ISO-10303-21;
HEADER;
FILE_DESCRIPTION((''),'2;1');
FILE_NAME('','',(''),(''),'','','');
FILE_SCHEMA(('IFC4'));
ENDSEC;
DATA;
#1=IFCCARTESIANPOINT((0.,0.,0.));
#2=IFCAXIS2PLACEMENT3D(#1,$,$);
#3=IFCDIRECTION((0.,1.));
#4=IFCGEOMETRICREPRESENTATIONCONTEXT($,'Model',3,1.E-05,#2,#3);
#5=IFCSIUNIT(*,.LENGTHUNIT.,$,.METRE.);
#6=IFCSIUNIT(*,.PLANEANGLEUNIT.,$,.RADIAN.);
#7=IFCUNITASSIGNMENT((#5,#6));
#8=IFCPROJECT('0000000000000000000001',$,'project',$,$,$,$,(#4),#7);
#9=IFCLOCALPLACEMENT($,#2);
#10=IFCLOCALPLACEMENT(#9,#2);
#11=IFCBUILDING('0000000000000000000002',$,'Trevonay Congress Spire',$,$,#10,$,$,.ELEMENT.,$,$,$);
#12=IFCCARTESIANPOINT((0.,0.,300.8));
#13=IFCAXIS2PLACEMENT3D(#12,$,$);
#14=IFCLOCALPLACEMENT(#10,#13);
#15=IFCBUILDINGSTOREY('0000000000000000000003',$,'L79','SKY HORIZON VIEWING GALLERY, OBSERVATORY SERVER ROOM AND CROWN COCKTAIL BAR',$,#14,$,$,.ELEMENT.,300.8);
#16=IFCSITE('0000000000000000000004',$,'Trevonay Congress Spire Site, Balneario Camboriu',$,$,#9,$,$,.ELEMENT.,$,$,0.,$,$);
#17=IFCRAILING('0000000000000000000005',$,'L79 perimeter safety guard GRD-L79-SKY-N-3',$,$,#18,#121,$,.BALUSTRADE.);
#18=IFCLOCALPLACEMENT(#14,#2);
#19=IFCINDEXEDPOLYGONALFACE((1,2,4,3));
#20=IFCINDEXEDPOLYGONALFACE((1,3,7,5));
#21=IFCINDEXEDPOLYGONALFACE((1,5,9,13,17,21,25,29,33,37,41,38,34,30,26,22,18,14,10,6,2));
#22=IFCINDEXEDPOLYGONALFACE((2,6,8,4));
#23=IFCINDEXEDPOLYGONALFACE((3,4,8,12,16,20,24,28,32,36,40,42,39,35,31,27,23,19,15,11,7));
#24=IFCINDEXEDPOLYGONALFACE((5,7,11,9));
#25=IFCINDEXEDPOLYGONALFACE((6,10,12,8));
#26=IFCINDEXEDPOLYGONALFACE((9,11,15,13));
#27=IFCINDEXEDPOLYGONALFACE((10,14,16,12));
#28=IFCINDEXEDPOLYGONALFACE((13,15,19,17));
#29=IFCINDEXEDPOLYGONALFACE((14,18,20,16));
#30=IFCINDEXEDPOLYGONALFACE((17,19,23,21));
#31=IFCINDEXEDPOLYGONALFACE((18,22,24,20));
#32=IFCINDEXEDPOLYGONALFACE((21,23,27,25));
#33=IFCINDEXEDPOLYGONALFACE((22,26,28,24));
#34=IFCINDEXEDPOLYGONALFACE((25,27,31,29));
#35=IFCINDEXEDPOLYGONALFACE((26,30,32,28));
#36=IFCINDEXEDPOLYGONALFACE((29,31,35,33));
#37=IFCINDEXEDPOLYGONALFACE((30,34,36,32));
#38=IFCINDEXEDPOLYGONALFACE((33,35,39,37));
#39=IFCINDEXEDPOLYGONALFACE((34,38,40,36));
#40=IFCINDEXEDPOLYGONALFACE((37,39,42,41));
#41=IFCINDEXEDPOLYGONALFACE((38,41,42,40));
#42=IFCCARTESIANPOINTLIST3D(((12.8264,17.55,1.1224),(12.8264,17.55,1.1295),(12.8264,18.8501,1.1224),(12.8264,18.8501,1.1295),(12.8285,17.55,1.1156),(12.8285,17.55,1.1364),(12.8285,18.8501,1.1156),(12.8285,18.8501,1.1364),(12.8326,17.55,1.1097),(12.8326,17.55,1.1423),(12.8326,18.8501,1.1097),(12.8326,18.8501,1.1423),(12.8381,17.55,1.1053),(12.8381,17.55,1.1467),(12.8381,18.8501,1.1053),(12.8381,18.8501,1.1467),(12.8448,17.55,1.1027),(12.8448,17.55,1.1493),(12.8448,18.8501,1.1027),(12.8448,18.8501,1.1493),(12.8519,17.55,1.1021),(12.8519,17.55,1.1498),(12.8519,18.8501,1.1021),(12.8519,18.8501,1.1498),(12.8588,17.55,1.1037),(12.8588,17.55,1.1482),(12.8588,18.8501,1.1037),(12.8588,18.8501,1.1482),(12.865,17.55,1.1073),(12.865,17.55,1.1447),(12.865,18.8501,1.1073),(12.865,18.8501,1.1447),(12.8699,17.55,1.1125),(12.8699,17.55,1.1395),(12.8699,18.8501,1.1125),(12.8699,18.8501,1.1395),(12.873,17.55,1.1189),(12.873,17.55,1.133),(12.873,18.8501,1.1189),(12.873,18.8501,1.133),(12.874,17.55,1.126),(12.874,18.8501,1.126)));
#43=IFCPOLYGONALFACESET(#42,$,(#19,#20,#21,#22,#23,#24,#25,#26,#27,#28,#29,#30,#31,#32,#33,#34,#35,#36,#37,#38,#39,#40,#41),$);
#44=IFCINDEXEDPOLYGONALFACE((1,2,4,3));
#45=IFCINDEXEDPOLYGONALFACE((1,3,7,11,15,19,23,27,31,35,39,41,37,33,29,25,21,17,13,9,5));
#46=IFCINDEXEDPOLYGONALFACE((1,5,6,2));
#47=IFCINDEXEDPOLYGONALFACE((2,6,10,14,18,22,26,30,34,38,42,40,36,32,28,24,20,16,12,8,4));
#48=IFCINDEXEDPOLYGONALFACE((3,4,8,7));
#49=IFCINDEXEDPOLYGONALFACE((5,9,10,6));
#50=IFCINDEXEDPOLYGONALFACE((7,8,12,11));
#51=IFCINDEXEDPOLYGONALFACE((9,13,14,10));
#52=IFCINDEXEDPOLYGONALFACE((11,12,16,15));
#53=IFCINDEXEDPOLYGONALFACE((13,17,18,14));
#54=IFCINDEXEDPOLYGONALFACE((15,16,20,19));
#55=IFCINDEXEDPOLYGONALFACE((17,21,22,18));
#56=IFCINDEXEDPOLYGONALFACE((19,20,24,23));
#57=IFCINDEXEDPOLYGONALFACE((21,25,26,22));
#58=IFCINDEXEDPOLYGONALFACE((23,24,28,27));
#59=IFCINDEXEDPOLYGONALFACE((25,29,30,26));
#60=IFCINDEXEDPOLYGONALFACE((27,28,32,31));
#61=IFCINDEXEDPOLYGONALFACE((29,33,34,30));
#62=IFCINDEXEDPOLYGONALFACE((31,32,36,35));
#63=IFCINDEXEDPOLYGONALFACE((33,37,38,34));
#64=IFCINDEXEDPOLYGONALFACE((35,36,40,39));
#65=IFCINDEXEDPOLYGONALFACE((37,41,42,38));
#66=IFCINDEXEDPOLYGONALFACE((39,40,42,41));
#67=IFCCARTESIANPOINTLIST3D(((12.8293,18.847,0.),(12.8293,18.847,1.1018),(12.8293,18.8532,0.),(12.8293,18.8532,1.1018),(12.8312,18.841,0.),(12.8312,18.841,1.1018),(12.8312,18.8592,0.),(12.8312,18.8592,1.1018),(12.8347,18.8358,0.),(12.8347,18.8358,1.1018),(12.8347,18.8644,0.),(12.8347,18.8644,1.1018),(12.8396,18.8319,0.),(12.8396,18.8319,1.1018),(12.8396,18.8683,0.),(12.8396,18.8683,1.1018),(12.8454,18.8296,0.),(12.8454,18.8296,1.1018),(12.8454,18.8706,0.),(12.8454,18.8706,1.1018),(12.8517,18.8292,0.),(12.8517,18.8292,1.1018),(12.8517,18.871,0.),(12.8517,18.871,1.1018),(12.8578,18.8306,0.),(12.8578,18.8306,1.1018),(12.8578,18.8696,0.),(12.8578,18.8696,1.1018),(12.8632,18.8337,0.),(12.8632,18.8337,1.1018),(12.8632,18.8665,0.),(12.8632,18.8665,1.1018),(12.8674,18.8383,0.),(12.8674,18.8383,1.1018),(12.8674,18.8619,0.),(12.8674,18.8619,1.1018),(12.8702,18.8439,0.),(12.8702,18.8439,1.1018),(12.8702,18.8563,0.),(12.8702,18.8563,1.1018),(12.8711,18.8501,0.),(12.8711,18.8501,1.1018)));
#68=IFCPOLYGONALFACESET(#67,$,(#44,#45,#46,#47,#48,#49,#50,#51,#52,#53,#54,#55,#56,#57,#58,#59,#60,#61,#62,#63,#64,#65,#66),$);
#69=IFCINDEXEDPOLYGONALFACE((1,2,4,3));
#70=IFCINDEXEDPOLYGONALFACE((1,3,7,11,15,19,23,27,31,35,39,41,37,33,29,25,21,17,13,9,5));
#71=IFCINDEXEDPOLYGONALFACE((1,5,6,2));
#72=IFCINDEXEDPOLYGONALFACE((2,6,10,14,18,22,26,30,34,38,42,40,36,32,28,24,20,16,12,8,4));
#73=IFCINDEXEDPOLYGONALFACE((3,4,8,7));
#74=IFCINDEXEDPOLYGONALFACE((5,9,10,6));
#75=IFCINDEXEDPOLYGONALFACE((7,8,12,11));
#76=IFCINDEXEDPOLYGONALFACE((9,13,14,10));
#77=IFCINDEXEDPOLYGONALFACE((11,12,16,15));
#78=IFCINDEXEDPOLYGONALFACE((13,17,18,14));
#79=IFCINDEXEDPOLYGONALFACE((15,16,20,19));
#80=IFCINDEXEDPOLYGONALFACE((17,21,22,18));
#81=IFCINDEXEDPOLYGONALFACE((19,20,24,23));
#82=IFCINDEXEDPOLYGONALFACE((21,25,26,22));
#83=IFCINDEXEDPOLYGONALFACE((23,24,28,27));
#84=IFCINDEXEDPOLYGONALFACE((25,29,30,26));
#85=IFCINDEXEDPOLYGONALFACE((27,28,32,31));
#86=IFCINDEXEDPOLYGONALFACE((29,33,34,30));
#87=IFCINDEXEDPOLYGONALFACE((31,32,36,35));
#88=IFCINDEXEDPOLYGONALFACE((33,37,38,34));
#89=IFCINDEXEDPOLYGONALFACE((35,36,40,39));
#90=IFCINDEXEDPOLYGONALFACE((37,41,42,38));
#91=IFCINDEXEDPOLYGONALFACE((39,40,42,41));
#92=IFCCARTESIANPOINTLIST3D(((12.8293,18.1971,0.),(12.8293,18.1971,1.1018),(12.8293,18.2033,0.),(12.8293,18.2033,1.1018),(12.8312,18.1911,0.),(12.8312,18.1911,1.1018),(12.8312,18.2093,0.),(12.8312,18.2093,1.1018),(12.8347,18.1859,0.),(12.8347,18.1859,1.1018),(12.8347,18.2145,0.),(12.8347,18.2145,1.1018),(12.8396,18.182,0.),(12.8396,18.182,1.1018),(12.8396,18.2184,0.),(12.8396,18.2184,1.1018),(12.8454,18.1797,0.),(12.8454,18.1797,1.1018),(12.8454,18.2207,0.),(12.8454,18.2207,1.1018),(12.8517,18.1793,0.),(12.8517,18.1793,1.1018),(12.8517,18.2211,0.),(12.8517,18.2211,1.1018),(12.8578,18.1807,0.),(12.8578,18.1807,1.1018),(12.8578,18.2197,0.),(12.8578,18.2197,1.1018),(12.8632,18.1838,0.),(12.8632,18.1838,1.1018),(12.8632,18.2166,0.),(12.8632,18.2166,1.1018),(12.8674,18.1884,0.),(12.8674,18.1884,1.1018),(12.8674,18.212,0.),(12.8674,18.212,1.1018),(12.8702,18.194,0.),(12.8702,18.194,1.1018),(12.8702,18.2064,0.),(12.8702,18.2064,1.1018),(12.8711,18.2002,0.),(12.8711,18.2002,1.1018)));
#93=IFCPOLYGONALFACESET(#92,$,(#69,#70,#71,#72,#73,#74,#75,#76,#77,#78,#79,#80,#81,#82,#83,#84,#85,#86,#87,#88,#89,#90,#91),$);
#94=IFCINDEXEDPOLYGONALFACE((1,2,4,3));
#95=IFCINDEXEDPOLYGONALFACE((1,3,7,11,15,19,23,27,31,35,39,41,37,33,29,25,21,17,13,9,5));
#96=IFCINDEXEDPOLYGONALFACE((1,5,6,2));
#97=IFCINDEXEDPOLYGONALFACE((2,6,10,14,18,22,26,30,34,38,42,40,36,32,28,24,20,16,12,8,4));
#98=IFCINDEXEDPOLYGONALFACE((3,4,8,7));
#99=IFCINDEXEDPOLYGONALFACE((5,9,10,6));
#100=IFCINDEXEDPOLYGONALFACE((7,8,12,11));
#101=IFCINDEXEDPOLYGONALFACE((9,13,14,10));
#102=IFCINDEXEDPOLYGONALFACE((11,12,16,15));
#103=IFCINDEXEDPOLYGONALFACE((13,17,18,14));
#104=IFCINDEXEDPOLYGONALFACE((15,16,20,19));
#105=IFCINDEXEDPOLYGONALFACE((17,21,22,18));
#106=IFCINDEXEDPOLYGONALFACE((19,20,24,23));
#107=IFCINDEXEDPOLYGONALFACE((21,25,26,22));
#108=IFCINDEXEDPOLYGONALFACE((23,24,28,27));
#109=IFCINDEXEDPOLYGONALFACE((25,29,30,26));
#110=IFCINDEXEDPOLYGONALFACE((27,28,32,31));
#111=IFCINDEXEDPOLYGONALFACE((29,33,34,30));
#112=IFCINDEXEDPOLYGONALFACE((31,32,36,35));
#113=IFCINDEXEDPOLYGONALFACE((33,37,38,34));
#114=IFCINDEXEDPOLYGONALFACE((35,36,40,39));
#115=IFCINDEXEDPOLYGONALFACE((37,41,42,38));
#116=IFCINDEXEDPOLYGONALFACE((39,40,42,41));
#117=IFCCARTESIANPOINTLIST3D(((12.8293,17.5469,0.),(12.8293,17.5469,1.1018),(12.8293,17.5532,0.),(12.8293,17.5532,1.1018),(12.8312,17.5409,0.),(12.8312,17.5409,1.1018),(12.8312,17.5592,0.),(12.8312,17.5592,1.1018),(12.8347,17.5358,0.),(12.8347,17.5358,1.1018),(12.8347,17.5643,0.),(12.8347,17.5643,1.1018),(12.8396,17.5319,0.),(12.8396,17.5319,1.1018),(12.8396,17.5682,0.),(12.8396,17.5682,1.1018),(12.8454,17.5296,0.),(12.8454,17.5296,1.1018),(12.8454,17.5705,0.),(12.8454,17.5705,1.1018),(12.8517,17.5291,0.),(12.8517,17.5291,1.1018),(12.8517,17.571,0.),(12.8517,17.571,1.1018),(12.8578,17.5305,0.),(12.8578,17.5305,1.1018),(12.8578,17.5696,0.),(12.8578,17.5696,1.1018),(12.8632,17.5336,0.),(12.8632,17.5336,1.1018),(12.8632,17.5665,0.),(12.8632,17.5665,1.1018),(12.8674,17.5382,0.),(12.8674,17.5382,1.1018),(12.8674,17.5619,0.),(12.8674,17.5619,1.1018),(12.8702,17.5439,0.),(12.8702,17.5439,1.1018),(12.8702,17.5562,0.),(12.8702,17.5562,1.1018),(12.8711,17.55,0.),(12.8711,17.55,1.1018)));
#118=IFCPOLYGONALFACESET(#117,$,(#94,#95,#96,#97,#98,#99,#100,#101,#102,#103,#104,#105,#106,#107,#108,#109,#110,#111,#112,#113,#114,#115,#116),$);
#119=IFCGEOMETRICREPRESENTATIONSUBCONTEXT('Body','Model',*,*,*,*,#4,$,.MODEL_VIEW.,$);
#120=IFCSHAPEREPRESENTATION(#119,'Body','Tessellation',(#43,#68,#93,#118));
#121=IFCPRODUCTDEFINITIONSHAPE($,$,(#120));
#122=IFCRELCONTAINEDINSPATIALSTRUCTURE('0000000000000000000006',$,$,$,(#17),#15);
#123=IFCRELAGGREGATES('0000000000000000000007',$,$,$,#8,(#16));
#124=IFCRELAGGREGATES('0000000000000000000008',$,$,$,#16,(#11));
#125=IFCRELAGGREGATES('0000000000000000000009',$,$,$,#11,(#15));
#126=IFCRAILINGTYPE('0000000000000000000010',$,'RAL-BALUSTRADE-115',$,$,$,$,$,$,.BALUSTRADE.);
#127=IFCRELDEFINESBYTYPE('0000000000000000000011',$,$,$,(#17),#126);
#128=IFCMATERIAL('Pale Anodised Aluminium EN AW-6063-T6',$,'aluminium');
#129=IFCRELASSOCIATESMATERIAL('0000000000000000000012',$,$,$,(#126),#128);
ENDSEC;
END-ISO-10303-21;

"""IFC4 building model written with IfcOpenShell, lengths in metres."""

from ifc_helpers import new_model, si_unit, direction, frame, origin, origin_2d, place, context, subcontext, project, spatial, circle, extrude, material, type_object, element, save


model = new_model("IFC4")

# Units and contexts
model_context = context("Model", 3, precision=1e-05, world=origin(), true_north=direction((0.0, 1.0)))
body_context = subcontext(model_context, "Body", "Model", "MODEL_VIEW")
ifc_project = project(units=[si_unit("LENGTHUNIT", "METRE"), si_unit("PLANEANGLEUNIT", "RADIAN")], contexts=[model_context])

# Site, building, storey
site_placement = place(None, origin())
site = spatial("IfcSite", under=ifc_project, at=site_placement, Name="Trevonay Congress Spire Site, Balneario Camboriu", CompositionType="ELEMENT", RefElevation=0.0)
building_placement = place(site_placement, origin())
building = spatial("IfcBuilding", under=site, at=building_placement, Name="Trevonay Congress Spire", CompositionType="ELEMENT")
storey_placement = place(building_placement, frame((0.0, 0.0, 300.8)))
storey = spatial("IfcBuildingStorey", under=building, at=storey_placement, Name="L79", Description="SKY HORIZON VIEWING GALLERY, OBSERVATORY SERVER ROOM AND CROWN COCKTAIL BAR", CompositionType="ELEMENT", Elevation=300.8)

# Shared definitions
ifc_material_1 = material(Name="Pale Anodised Aluminium EN AW-6063-T6", Category="aluminium")

# Railing
railing_type = type_object("IfcRailingType", Name="RAL-BALUSTRADE-115", PredefinedType="BALUSTRADE", material=ifc_material_1)
railing_placement = place(storey_placement, frame((12.8501, 18.8501, 0.0)))
element("IfcRailing", 1, at=railing_placement, inside=storey, type_object=railing_type, Name="L79 perimeter safety guard GRD-L79-SKY-N-3", PredefinedType="BALUSTRADE", context=body_context, shape_type="SweptSolid", body=[
    extrude(circle(Radius=0.0239, at=origin_2d()), frame((0.0, 0.0, 1.126), z_axis=(0.0, -1.0, 0.0), x_axis=(1.0, 0.0, 0.0)), (0.0, 0.0, 1.0), 1.3),
    extrude(circle(Radius=0.021, at=origin_2d()), origin(), (0.0, 0.0, 1.0), 1.1018),
    extrude(circle(Radius=0.021, at=origin_2d()), frame((0.0, -0.6499, 0.0)), (0.0, 0.0, 1.0), 1.1018),
    extrude(circle(Radius=0.021, at=origin_2d()), frame((0.0, -1.3, 0.0)), (0.0, 0.0, 1.0), 1.1018),
])

save(model, "model.ifc")
